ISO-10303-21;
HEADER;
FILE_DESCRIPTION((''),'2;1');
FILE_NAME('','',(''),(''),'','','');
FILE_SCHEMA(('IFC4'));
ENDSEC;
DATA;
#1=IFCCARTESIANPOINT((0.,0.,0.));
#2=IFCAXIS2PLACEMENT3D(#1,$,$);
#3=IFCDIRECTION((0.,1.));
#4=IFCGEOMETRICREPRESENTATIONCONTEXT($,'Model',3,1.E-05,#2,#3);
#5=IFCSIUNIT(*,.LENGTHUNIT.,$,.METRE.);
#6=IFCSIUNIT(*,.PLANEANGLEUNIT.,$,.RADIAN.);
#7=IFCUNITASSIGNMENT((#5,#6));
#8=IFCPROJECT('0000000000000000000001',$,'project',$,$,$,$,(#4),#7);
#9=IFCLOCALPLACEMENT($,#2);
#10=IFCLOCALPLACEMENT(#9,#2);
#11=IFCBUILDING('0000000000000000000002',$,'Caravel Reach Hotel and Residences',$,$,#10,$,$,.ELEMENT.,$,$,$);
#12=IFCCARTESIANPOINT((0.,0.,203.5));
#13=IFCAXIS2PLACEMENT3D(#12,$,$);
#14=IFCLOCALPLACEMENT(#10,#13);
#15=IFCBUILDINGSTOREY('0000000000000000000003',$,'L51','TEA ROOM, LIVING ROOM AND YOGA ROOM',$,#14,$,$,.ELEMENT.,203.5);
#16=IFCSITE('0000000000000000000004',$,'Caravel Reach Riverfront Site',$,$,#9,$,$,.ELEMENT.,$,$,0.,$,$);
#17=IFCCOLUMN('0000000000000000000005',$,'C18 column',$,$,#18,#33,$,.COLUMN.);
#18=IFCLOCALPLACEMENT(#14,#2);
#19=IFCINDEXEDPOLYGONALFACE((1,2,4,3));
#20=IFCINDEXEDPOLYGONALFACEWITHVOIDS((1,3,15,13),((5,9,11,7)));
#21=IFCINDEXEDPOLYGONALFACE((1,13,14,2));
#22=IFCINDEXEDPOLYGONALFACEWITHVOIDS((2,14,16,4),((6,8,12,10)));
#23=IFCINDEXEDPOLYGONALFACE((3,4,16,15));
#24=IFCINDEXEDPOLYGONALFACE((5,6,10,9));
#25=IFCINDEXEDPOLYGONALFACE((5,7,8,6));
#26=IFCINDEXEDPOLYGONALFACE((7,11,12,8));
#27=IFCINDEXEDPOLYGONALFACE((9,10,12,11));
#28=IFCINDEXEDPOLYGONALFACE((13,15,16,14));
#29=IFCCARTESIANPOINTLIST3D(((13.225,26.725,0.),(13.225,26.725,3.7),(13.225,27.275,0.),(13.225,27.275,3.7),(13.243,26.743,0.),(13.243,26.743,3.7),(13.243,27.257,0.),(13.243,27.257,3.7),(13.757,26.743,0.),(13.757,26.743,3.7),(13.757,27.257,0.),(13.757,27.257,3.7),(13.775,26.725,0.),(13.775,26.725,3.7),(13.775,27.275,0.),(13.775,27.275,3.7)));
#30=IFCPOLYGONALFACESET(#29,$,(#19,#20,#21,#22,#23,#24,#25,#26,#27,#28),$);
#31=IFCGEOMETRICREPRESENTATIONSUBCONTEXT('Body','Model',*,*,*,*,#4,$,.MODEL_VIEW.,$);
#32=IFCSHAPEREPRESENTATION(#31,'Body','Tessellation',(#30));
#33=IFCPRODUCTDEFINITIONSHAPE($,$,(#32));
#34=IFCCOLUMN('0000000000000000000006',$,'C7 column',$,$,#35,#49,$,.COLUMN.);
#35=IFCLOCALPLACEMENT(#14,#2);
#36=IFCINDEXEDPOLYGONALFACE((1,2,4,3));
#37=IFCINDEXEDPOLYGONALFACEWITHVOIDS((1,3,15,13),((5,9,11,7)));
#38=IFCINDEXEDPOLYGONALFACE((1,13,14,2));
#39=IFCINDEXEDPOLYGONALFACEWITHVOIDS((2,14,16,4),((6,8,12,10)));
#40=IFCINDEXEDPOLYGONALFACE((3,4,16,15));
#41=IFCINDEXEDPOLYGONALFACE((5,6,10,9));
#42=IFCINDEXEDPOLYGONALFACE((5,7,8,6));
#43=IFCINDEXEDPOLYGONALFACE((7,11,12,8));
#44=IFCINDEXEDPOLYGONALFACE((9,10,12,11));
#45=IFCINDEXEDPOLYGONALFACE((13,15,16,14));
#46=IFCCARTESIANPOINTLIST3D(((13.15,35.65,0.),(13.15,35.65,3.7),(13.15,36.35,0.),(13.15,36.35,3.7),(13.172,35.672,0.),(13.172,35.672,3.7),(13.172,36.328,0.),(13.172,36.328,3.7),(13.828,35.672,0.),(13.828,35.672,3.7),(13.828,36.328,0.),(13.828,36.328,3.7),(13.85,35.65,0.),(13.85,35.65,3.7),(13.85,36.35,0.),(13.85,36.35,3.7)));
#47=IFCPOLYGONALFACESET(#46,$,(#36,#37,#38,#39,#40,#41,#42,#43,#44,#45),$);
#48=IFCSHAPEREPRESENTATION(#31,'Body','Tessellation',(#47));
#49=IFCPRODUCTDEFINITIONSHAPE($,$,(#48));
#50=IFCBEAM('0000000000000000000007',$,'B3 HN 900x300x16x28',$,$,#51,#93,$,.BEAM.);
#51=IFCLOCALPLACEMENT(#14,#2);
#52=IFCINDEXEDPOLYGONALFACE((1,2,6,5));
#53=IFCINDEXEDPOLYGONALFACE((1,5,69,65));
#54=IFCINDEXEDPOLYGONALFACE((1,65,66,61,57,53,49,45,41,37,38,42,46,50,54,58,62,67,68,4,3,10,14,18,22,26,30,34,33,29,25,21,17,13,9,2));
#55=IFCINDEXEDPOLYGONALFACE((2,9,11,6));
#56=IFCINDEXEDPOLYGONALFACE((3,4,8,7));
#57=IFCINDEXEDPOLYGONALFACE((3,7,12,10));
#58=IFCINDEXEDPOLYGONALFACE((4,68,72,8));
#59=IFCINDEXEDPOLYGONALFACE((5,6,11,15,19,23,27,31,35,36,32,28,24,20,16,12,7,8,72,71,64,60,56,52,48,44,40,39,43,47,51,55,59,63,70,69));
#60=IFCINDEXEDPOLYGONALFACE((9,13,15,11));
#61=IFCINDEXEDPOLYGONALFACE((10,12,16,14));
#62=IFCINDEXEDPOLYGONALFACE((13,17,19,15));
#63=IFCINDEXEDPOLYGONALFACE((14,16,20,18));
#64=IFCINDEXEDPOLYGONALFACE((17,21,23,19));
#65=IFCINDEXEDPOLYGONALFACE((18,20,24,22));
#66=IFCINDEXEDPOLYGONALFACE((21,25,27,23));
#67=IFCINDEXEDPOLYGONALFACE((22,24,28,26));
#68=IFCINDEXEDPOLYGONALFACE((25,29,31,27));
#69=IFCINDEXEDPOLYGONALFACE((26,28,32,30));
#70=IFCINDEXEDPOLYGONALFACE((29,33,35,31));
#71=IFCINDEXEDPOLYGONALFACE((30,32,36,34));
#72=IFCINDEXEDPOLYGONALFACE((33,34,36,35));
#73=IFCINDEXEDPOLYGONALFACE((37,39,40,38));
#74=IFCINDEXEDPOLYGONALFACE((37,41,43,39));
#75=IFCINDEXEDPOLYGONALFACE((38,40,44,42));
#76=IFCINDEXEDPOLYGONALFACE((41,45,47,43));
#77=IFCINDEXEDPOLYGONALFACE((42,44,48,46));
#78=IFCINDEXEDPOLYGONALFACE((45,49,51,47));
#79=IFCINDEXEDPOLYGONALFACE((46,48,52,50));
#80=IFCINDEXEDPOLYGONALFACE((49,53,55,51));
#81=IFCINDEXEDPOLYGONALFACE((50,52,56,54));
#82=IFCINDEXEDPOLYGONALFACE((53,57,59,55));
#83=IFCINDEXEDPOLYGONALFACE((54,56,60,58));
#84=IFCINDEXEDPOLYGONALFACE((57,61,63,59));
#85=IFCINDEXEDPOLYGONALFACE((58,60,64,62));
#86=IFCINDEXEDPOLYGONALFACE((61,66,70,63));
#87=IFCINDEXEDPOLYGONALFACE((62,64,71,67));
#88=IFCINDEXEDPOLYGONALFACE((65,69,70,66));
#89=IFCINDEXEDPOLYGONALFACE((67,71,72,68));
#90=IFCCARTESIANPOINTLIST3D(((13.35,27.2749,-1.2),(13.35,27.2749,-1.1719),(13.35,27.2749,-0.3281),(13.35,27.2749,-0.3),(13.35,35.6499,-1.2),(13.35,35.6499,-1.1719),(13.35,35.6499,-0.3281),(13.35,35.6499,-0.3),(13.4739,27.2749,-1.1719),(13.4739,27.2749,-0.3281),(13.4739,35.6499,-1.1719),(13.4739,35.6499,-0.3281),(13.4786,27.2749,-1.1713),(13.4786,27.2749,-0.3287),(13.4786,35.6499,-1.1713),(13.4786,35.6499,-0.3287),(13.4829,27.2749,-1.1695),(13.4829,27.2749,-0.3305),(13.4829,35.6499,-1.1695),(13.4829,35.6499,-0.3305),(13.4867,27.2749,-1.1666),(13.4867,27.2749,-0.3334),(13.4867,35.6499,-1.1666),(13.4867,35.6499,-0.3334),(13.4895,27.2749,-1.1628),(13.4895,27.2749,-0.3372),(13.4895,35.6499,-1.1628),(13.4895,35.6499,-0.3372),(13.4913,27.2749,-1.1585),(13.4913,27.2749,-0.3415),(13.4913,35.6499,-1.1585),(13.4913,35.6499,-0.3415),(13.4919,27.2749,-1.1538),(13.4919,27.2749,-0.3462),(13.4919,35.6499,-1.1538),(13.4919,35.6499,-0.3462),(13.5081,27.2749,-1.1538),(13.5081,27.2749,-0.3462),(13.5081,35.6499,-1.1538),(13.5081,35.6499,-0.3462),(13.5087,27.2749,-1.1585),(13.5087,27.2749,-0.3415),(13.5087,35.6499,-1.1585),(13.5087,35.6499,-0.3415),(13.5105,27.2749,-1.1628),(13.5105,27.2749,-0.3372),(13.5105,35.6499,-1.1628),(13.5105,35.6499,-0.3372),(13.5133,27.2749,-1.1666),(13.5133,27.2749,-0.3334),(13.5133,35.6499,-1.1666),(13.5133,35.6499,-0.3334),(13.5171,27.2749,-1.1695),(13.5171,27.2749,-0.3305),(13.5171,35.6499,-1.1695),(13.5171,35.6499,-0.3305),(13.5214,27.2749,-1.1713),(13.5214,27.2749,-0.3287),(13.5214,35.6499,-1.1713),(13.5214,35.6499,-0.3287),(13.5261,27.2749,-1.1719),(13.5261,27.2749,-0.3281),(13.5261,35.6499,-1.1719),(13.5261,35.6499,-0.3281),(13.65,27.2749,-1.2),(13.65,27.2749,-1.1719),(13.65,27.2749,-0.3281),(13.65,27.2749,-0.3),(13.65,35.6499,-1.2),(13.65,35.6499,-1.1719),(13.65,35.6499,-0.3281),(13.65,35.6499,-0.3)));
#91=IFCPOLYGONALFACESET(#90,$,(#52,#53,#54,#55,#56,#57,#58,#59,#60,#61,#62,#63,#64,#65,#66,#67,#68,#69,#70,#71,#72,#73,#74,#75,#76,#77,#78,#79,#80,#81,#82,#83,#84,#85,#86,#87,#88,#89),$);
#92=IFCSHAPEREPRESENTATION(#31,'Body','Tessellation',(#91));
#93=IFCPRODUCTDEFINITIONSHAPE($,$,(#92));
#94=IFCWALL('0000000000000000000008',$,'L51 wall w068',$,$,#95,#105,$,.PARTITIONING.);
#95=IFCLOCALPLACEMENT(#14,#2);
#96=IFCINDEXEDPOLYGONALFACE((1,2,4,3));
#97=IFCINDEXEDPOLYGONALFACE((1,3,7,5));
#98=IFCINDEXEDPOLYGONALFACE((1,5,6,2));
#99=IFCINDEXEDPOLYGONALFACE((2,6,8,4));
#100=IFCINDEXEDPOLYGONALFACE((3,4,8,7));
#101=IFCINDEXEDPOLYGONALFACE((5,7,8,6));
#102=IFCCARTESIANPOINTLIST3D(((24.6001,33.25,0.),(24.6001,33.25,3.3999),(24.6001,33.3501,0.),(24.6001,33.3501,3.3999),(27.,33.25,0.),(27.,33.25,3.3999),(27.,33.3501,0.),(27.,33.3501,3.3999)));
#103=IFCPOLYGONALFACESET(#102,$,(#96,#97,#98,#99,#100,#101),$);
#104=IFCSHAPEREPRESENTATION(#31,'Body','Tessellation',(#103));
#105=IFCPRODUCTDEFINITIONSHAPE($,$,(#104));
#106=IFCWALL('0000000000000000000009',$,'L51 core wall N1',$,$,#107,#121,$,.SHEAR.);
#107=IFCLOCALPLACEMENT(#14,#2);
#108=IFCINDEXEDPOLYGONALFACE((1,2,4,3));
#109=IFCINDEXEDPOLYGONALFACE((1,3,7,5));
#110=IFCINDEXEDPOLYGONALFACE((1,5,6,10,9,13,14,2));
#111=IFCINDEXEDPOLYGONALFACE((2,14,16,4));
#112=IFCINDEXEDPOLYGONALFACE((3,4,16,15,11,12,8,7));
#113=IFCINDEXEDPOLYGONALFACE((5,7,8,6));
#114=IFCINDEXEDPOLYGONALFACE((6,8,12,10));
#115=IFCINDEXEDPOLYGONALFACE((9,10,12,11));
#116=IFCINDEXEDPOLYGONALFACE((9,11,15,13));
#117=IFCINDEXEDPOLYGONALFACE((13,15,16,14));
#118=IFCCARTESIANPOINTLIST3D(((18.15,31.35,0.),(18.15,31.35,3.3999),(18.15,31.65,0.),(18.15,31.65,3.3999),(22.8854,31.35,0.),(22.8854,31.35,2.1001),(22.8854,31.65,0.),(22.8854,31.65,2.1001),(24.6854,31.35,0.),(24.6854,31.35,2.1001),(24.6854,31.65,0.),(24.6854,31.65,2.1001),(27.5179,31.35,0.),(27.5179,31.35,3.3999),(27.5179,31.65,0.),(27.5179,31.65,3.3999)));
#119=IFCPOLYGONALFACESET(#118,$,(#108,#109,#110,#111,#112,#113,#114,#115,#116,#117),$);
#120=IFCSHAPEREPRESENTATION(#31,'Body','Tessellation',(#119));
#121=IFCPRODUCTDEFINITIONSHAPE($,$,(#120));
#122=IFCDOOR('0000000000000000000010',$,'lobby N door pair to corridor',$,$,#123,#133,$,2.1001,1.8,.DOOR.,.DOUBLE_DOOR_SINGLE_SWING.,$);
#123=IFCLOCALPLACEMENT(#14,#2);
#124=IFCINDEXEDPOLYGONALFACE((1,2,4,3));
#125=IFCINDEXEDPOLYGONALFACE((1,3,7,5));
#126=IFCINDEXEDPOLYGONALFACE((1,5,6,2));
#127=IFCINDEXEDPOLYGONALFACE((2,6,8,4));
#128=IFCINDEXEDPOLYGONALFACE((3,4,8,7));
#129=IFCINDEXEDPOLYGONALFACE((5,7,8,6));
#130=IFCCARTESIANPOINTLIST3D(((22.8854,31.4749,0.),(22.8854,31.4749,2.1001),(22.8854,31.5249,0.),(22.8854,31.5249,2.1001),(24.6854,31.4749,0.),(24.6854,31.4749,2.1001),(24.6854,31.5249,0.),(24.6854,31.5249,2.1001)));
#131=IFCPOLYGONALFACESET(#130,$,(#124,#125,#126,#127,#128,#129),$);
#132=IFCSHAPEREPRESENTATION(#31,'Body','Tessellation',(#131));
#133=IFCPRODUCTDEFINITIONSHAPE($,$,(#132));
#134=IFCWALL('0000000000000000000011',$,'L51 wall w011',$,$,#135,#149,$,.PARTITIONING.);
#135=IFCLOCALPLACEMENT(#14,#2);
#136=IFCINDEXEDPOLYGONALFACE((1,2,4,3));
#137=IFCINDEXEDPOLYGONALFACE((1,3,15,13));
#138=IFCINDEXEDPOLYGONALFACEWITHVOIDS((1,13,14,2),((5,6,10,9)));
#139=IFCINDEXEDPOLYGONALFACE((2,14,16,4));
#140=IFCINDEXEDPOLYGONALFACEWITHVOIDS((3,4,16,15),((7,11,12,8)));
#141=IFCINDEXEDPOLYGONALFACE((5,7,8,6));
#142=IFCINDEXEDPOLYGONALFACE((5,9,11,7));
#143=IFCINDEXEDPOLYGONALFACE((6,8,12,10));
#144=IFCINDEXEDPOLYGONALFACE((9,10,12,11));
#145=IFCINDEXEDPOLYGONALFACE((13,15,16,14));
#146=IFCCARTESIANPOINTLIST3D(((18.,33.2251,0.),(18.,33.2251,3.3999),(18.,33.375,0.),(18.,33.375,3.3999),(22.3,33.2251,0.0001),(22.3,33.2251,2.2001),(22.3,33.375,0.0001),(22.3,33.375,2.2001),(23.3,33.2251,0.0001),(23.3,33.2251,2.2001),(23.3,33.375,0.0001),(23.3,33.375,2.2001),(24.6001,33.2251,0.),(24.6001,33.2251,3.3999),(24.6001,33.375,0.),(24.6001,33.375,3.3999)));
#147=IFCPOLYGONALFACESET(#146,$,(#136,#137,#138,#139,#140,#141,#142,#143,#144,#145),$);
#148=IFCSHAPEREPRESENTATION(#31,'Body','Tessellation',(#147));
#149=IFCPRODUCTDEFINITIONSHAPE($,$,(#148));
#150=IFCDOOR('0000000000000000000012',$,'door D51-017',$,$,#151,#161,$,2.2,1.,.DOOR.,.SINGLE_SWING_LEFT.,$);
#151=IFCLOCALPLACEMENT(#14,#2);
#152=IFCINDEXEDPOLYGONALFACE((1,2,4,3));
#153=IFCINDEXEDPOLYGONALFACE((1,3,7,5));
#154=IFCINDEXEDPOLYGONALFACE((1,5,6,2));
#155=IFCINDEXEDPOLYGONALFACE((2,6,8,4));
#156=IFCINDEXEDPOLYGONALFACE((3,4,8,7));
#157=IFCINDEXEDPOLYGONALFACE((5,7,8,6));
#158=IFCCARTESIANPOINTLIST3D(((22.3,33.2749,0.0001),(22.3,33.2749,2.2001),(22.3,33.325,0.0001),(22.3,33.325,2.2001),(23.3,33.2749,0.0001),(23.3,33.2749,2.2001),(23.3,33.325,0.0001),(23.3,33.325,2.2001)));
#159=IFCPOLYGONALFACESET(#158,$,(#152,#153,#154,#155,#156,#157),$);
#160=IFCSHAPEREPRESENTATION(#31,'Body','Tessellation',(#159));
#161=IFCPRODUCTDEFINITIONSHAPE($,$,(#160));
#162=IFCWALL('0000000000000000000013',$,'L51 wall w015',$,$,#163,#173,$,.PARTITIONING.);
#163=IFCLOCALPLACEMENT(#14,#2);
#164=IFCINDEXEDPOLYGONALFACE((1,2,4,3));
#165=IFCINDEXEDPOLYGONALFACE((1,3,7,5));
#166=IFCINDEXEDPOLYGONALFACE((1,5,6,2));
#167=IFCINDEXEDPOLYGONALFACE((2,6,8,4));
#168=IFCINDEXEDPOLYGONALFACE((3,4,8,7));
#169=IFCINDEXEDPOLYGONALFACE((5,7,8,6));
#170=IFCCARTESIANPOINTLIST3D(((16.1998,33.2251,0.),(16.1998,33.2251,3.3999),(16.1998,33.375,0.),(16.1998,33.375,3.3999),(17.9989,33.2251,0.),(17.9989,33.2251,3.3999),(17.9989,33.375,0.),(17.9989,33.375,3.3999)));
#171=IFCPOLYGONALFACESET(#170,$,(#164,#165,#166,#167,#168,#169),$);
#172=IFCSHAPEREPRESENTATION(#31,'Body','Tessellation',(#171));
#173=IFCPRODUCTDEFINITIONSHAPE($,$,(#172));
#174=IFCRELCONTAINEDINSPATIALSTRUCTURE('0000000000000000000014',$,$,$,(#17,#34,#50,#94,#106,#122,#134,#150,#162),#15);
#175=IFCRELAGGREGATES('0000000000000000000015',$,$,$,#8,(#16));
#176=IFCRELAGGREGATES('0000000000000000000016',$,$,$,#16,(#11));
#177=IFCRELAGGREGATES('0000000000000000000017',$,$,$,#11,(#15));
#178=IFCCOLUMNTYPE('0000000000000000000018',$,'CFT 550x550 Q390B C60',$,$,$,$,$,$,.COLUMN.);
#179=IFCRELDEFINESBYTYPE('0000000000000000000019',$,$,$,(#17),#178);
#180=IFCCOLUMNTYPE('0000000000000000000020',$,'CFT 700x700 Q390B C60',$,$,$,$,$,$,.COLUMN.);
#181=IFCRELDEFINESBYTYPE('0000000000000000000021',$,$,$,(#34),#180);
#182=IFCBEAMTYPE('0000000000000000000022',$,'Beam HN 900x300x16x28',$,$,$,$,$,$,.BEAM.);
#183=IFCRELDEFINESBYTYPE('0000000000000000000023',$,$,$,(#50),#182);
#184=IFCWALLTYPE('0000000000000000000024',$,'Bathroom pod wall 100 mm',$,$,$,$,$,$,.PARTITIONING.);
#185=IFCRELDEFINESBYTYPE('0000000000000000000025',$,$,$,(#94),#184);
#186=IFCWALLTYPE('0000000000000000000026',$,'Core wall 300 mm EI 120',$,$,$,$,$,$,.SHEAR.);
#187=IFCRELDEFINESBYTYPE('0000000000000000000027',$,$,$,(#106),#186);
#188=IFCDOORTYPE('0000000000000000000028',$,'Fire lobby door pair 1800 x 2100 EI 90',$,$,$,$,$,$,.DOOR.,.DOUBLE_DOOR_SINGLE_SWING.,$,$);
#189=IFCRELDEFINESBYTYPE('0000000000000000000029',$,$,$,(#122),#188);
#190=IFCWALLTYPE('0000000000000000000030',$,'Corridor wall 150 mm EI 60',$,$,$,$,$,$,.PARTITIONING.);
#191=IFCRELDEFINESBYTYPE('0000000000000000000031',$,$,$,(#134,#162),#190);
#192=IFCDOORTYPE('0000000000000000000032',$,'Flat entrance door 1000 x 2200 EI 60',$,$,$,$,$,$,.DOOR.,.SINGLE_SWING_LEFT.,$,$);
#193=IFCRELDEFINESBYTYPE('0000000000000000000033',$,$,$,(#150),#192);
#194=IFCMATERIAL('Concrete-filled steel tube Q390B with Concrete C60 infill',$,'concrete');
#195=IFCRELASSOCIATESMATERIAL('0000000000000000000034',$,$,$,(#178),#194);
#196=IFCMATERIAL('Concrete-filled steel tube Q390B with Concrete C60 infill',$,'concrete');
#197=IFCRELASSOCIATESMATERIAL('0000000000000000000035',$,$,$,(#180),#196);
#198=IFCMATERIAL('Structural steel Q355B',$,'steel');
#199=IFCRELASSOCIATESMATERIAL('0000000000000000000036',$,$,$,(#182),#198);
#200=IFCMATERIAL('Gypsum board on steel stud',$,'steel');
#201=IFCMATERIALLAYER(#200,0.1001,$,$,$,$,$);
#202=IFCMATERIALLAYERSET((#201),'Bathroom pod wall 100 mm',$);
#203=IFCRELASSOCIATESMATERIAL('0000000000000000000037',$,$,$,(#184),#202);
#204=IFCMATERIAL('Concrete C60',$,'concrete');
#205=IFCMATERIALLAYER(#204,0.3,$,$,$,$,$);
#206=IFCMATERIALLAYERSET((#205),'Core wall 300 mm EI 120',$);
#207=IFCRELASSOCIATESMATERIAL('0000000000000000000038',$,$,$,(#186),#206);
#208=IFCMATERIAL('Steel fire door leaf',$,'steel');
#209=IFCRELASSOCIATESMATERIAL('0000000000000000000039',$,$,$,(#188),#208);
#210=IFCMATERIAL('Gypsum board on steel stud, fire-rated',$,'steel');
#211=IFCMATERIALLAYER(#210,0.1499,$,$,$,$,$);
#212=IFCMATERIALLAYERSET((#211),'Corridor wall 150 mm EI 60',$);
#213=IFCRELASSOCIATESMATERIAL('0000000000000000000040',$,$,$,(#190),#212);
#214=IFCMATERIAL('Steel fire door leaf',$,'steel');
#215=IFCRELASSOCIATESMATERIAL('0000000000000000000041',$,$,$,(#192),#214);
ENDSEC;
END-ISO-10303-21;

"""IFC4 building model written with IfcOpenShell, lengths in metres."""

from ifc_helpers import new_model, si_unit, direction, frame, frame_2d, origin, origin_2d, place, context, subcontext, project, spatial, rectangle, hollow_rectangle, i_section, extrude, material, layer, layer_set, material_profile, profile_set, type_object, element, fill, save


model = new_model("IFC4")

# Units and contexts
model_context = context("Model", 3, precision=1e-05, world=origin(), true_north=direction((0.0, 1.0)))
body_context = subcontext(model_context, "Body", "Model", "MODEL_VIEW")
ifc_project = project(units=[si_unit("LENGTHUNIT", "METRE"), si_unit("PLANEANGLEUNIT", "RADIAN")], contexts=[model_context])

# Site, building, storey
site_placement = place(None, origin())
site = spatial("IfcSite", under=ifc_project, at=site_placement, Name="Caravel Reach Riverfront Site", CompositionType="ELEMENT", RefElevation=0.0)
building_placement = place(site_placement, origin())
building = spatial("IfcBuilding", under=site, at=building_placement, Name="Caravel Reach Hotel and Residences", CompositionType="ELEMENT")
storey_placement = place(building_placement, frame((0.0, 0.0, 203.5)))
storey = spatial("IfcBuildingStorey", under=building, at=storey_placement, Name="L51", Description="TEA ROOM, LIVING ROOM AND YOGA ROOM", CompositionType="ELEMENT", Elevation=203.5)

# Columns
ifc_material_1 = material(Name="Concrete-filled steel tube Q390B with Concrete C60 infill", Category="concrete")
ifc_material_profile_1 = material_profile(ifc_material_1, hollow_rectangle(XDim=0.55, YDim=0.55, WallThickness=0.0181, at=origin_2d()), Name="RHS 550x550x18")
ifc_profile_set_1 = profile_set([ifc_material_profile_1], Name="Concrete-filled steel tube Q390B with Concrete C60 infill")
column_type_1 = type_object("IfcColumnType", Name="CFT 550x550 Q390B C60", PredefinedType="COLUMN", material=ifc_profile_set_1)
column_1_placement = place(storey_placement, frame((13.5, 27.0, 0.0), z_axis=(0.0, 0.0, 1.0), x_axis=(1.0, 0.0, 0.0)))
element("IfcColumn", 1, at=column_1_placement, inside=storey, type_object=column_type_1, Name="C18 column", PredefinedType="COLUMN", context=body_context, shape_type="SweptSolid", body=[
    extrude(hollow_rectangle(XDim=0.55, YDim=0.55, WallThickness=0.0181, at=origin_2d()), origin(), (0.0, 0.0, 1.0), 3.7),
])
ifc_material_2 = material(Name="Concrete-filled steel tube Q390B with Concrete C60 infill", Category="concrete")
ifc_material_profile_2 = material_profile(ifc_material_2, hollow_rectangle(XDim=0.7, YDim=0.7, WallThickness=0.022, at=origin_2d()), Name="RHS 700x700x22")
ifc_profile_set_2 = profile_set([ifc_material_profile_2], Name="Concrete-filled steel tube Q390B with Concrete C60 infill")
column_type_2 = type_object("IfcColumnType", Name="CFT 700x700 Q390B C60", PredefinedType="COLUMN", material=ifc_profile_set_2)
column_2_placement = place(storey_placement, frame((13.5, 36.0, 0.0), z_axis=(0.0, 0.0, 1.0), x_axis=(1.0, 0.0, 0.0)))
element("IfcColumn", 2, at=column_2_placement, inside=storey, type_object=column_type_2, Name="C7 column", PredefinedType="COLUMN", context=body_context, shape_type="SweptSolid", body=[
    extrude(hollow_rectangle(XDim=0.7, YDim=0.7, WallThickness=0.022, at=origin_2d()), origin(), (0.0, 0.0, 1.0), 3.7),
])

# Beam
ifc_material_3 = material(Name="Structural steel Q355B", Category="steel")
ifc_material_profile_3 = material_profile(ifc_material_3, i_section(OverallWidth=0.3, OverallDepth=0.8999, WebThickness=0.0161, FlangeThickness=0.0281, FilletRadius=0.0181, at=origin_2d()), Name="HN 900x300x16x28")
ifc_profile_set_3 = profile_set([ifc_material_profile_3], Name="Structural steel Q355B")
beam_type = type_object("IfcBeamType", Name="Beam HN 900x300x16x28", PredefinedType="BEAM", material=ifc_profile_set_3)
beam_placement = place(storey_placement, frame((13.5, 27.2749, -0.75), z_axis=(0.0, 1.0, 0.0), x_axis=(-1.0, 0.0, 0.0)))
element("IfcBeam", 3, at=beam_placement, inside=storey, type_object=beam_type, Name="B3 HN 900x300x16x28", PredefinedType="BEAM", context=body_context, shape_type="SweptSolid", body=[
    extrude(i_section(OverallWidth=0.3, OverallDepth=0.8999, WebThickness=0.0161, FlangeThickness=0.0281, FilletRadius=0.0181, at=origin_2d()), origin(), (0.0, 0.0, 1.0), 8.375),
])

# Wall
ifc_material_4 = material(Name="Gypsum board on steel stud", Category="steel")
ifc_layer_1 = layer(ifc_material_4, 0.1001)
ifc_layer_set_1 = layer_set([ifc_layer_1], Name="Bathroom pod wall 100 mm")
wall_type_1 = type_object("IfcWallType", Name="Bathroom pod wall 100 mm", PredefinedType="PARTITIONING", material=ifc_layer_set_1)
wall_1_placement = place(storey_placement, frame((24.6001, 33.3, 0.0), z_axis=(0.0, 0.0, 1.0), x_axis=(1.0, 0.0, 0.0)))
element("IfcWall", 4, at=wall_1_placement, inside=storey, type_object=wall_type_1, Name="L51 wall w068", PredefinedType="PARTITIONING", context=body_context, shape_type="SweptSolid", body=[
    extrude(rectangle(XDim=2.3999, YDim=0.1001, at=frame_2d((1.2, 0.0))), origin(), (0.0, 0.0, 1.0), 3.3999),
])

# Walls, openings, doors
ifc_material_5 = material(Name="Concrete C60", Category="concrete")
ifc_layer_2 = layer(ifc_material_5, 0.3)
ifc_layer_set_2 = layer_set([ifc_layer_2], Name="Core wall 300 mm EI 120")
wall_type_2 = type_object("IfcWallType", Name="Core wall 300 mm EI 120", PredefinedType="SHEAR", material=ifc_layer_set_2)
wall_2_placement = place(storey_placement, frame((18.1499, 31.5, 0.0), z_axis=(0.0, 0.0, 1.0), x_axis=(1.0, 0.0, 0.0)))
wall_2 = element("IfcWall", 5, at=wall_2_placement, inside=storey, type_object=wall_type_2, Name="L51 core wall N1", PredefinedType="SHEAR", context=body_context, shape_type="SweptSolid", body=[
    extrude(rectangle(XDim=9.3679, YDim=0.3, at=frame_2d((4.6841, 0.0))), origin(), (0.0, 0.0, 1.0), 3.3999),
])
opening_1_placement = place(wall_2_placement, frame((4.7356, 0.0, 0.0)))
opening_1 = element("IfcOpeningElement", 6, at=opening_1_placement, cuts=wall_2, PredefinedType="OPENING", context=body_context, shape_type="SweptSolid", body=[
    extrude(rectangle(XDim=1.8, YDim=2.1001, at=frame_2d((0.8999, 1.05))), frame((0.0, 0.1599, 0.0), z_axis=(0.0, -1.0, 0.0), x_axis=(1.0, 0.0, 0.0)), (0.0, 0.0, 1.0), 0.3201),
])
ifc_material_6 = material(Name="Steel fire door leaf", Category="steel")
door_type_1 = type_object("IfcDoorType", Name="Fire lobby door pair 1800 x 2100 EI 90", OperationType="DOUBLE_DOOR_SINGLE_SWING", PredefinedType="DOOR", material=ifc_material_6)
door_1_placement = place(opening_1_placement, origin())
door_1 = element("IfcDoor", 7, at=door_1_placement, inside=storey, type_object=door_type_1, Name="lobby N door pair to corridor", OperationType="DOUBLE_DOOR_SINGLE_SWING", OverallHeight=2.1001, OverallWidth=1.8, PredefinedType="DOOR", context=body_context, shape_type="SweptSolid", body=[
    extrude(rectangle(XDim=1.8, YDim=2.1001, at=frame_2d((0.8999, 1.05))), frame((0.0, 0.0249, 0.0), z_axis=(0.0, -1.0, 0.0), x_axis=(1.0, 0.0, 0.0)), (0.0, 0.0, 1.0), 0.05),
])
fill(opening_1, door_1)
ifc_material_7 = material(Name="Gypsum board on steel stud, fire-rated", Category="steel")
ifc_layer_3 = layer(ifc_material_7, 0.1499)
ifc_layer_set_3 = layer_set([ifc_layer_3], Name="Corridor wall 150 mm EI 60")
wall_type_3 = type_object("IfcWallType", Name="Corridor wall 150 mm EI 60", PredefinedType="PARTITIONING", material=ifc_layer_set_3)
wall_3_placement = place(storey_placement, frame((18.0, 33.3, 0.0), z_axis=(0.0, 0.0, 1.0), x_axis=(1.0, 0.0, 0.0)))
wall_3 = element("IfcWall", 8, at=wall_3_placement, inside=storey, type_object=wall_type_3, Name="L51 wall w011", PredefinedType="PARTITIONING", context=body_context, shape_type="SweptSolid", body=[
    extrude(rectangle(XDim=6.6001, YDim=0.1499, at=frame_2d((3.3, 0.0))), origin(), (0.0, 0.0, 1.0), 3.3999),
])
opening_2_placement = place(wall_3_placement, frame((4.3, 0.0, 0.0)))
opening_2 = element("IfcOpeningElement", 9, at=opening_2_placement, cuts=wall_3, PredefinedType="OPENING", context=body_context, shape_type="SweptSolid", body=[
    extrude(rectangle(XDim=1.0, YDim=2.2, at=frame_2d((0.5, 1.1001))), frame((0.0, 0.085, 0.0), z_axis=(0.0, -1.0, 0.0), x_axis=(1.0, 0.0, 0.0)), (0.0, 0.0, 1.0), 0.1699),
])
ifc_material_8 = material(Name="Steel fire door leaf", Category="steel")
door_type_2 = type_object("IfcDoorType", Name="Flat entrance door 1000 x 2200 EI 60", OperationType="SINGLE_SWING_LEFT", PredefinedType="DOOR", material=ifc_material_8)
door_2_placement = place(opening_2_placement, origin())
door_2 = element("IfcDoor", 10, at=door_2_placement, inside=storey, type_object=door_type_2, Name="door D51-017", OperationType="SINGLE_SWING_LEFT", OverallHeight=2.2, OverallWidth=1.0, PredefinedType="DOOR", context=body_context, shape_type="SweptSolid", body=[
    extrude(rectangle(XDim=1.0, YDim=2.2, at=frame_2d((0.5, 1.1001))), frame((0.0, 0.0249, 0.0), z_axis=(0.0, -1.0, 0.0), x_axis=(1.0, 0.0, 0.0)), (0.0, 0.0, 1.0), 0.05),
])
fill(opening_2, door_2)

# Wall
wall_4_placement = place(storey_placement, frame((16.2, 33.3, 0.0), z_axis=(0.0, 0.0, 1.0), x_axis=(1.0, 0.0, 0.0)))
element("IfcWall", 11, at=wall_4_placement, inside=storey, type_object=wall_type_3, Name="L51 wall w015", PredefinedType="PARTITIONING", context=body_context, shape_type="SweptSolid", body=[
    extrude(rectangle(XDim=1.7991, YDim=0.1499, at=frame_2d((0.8994, 0.0))), origin(), (0.0, 0.0, 1.0), 3.3999),
])

save(model, "model.ifc")
